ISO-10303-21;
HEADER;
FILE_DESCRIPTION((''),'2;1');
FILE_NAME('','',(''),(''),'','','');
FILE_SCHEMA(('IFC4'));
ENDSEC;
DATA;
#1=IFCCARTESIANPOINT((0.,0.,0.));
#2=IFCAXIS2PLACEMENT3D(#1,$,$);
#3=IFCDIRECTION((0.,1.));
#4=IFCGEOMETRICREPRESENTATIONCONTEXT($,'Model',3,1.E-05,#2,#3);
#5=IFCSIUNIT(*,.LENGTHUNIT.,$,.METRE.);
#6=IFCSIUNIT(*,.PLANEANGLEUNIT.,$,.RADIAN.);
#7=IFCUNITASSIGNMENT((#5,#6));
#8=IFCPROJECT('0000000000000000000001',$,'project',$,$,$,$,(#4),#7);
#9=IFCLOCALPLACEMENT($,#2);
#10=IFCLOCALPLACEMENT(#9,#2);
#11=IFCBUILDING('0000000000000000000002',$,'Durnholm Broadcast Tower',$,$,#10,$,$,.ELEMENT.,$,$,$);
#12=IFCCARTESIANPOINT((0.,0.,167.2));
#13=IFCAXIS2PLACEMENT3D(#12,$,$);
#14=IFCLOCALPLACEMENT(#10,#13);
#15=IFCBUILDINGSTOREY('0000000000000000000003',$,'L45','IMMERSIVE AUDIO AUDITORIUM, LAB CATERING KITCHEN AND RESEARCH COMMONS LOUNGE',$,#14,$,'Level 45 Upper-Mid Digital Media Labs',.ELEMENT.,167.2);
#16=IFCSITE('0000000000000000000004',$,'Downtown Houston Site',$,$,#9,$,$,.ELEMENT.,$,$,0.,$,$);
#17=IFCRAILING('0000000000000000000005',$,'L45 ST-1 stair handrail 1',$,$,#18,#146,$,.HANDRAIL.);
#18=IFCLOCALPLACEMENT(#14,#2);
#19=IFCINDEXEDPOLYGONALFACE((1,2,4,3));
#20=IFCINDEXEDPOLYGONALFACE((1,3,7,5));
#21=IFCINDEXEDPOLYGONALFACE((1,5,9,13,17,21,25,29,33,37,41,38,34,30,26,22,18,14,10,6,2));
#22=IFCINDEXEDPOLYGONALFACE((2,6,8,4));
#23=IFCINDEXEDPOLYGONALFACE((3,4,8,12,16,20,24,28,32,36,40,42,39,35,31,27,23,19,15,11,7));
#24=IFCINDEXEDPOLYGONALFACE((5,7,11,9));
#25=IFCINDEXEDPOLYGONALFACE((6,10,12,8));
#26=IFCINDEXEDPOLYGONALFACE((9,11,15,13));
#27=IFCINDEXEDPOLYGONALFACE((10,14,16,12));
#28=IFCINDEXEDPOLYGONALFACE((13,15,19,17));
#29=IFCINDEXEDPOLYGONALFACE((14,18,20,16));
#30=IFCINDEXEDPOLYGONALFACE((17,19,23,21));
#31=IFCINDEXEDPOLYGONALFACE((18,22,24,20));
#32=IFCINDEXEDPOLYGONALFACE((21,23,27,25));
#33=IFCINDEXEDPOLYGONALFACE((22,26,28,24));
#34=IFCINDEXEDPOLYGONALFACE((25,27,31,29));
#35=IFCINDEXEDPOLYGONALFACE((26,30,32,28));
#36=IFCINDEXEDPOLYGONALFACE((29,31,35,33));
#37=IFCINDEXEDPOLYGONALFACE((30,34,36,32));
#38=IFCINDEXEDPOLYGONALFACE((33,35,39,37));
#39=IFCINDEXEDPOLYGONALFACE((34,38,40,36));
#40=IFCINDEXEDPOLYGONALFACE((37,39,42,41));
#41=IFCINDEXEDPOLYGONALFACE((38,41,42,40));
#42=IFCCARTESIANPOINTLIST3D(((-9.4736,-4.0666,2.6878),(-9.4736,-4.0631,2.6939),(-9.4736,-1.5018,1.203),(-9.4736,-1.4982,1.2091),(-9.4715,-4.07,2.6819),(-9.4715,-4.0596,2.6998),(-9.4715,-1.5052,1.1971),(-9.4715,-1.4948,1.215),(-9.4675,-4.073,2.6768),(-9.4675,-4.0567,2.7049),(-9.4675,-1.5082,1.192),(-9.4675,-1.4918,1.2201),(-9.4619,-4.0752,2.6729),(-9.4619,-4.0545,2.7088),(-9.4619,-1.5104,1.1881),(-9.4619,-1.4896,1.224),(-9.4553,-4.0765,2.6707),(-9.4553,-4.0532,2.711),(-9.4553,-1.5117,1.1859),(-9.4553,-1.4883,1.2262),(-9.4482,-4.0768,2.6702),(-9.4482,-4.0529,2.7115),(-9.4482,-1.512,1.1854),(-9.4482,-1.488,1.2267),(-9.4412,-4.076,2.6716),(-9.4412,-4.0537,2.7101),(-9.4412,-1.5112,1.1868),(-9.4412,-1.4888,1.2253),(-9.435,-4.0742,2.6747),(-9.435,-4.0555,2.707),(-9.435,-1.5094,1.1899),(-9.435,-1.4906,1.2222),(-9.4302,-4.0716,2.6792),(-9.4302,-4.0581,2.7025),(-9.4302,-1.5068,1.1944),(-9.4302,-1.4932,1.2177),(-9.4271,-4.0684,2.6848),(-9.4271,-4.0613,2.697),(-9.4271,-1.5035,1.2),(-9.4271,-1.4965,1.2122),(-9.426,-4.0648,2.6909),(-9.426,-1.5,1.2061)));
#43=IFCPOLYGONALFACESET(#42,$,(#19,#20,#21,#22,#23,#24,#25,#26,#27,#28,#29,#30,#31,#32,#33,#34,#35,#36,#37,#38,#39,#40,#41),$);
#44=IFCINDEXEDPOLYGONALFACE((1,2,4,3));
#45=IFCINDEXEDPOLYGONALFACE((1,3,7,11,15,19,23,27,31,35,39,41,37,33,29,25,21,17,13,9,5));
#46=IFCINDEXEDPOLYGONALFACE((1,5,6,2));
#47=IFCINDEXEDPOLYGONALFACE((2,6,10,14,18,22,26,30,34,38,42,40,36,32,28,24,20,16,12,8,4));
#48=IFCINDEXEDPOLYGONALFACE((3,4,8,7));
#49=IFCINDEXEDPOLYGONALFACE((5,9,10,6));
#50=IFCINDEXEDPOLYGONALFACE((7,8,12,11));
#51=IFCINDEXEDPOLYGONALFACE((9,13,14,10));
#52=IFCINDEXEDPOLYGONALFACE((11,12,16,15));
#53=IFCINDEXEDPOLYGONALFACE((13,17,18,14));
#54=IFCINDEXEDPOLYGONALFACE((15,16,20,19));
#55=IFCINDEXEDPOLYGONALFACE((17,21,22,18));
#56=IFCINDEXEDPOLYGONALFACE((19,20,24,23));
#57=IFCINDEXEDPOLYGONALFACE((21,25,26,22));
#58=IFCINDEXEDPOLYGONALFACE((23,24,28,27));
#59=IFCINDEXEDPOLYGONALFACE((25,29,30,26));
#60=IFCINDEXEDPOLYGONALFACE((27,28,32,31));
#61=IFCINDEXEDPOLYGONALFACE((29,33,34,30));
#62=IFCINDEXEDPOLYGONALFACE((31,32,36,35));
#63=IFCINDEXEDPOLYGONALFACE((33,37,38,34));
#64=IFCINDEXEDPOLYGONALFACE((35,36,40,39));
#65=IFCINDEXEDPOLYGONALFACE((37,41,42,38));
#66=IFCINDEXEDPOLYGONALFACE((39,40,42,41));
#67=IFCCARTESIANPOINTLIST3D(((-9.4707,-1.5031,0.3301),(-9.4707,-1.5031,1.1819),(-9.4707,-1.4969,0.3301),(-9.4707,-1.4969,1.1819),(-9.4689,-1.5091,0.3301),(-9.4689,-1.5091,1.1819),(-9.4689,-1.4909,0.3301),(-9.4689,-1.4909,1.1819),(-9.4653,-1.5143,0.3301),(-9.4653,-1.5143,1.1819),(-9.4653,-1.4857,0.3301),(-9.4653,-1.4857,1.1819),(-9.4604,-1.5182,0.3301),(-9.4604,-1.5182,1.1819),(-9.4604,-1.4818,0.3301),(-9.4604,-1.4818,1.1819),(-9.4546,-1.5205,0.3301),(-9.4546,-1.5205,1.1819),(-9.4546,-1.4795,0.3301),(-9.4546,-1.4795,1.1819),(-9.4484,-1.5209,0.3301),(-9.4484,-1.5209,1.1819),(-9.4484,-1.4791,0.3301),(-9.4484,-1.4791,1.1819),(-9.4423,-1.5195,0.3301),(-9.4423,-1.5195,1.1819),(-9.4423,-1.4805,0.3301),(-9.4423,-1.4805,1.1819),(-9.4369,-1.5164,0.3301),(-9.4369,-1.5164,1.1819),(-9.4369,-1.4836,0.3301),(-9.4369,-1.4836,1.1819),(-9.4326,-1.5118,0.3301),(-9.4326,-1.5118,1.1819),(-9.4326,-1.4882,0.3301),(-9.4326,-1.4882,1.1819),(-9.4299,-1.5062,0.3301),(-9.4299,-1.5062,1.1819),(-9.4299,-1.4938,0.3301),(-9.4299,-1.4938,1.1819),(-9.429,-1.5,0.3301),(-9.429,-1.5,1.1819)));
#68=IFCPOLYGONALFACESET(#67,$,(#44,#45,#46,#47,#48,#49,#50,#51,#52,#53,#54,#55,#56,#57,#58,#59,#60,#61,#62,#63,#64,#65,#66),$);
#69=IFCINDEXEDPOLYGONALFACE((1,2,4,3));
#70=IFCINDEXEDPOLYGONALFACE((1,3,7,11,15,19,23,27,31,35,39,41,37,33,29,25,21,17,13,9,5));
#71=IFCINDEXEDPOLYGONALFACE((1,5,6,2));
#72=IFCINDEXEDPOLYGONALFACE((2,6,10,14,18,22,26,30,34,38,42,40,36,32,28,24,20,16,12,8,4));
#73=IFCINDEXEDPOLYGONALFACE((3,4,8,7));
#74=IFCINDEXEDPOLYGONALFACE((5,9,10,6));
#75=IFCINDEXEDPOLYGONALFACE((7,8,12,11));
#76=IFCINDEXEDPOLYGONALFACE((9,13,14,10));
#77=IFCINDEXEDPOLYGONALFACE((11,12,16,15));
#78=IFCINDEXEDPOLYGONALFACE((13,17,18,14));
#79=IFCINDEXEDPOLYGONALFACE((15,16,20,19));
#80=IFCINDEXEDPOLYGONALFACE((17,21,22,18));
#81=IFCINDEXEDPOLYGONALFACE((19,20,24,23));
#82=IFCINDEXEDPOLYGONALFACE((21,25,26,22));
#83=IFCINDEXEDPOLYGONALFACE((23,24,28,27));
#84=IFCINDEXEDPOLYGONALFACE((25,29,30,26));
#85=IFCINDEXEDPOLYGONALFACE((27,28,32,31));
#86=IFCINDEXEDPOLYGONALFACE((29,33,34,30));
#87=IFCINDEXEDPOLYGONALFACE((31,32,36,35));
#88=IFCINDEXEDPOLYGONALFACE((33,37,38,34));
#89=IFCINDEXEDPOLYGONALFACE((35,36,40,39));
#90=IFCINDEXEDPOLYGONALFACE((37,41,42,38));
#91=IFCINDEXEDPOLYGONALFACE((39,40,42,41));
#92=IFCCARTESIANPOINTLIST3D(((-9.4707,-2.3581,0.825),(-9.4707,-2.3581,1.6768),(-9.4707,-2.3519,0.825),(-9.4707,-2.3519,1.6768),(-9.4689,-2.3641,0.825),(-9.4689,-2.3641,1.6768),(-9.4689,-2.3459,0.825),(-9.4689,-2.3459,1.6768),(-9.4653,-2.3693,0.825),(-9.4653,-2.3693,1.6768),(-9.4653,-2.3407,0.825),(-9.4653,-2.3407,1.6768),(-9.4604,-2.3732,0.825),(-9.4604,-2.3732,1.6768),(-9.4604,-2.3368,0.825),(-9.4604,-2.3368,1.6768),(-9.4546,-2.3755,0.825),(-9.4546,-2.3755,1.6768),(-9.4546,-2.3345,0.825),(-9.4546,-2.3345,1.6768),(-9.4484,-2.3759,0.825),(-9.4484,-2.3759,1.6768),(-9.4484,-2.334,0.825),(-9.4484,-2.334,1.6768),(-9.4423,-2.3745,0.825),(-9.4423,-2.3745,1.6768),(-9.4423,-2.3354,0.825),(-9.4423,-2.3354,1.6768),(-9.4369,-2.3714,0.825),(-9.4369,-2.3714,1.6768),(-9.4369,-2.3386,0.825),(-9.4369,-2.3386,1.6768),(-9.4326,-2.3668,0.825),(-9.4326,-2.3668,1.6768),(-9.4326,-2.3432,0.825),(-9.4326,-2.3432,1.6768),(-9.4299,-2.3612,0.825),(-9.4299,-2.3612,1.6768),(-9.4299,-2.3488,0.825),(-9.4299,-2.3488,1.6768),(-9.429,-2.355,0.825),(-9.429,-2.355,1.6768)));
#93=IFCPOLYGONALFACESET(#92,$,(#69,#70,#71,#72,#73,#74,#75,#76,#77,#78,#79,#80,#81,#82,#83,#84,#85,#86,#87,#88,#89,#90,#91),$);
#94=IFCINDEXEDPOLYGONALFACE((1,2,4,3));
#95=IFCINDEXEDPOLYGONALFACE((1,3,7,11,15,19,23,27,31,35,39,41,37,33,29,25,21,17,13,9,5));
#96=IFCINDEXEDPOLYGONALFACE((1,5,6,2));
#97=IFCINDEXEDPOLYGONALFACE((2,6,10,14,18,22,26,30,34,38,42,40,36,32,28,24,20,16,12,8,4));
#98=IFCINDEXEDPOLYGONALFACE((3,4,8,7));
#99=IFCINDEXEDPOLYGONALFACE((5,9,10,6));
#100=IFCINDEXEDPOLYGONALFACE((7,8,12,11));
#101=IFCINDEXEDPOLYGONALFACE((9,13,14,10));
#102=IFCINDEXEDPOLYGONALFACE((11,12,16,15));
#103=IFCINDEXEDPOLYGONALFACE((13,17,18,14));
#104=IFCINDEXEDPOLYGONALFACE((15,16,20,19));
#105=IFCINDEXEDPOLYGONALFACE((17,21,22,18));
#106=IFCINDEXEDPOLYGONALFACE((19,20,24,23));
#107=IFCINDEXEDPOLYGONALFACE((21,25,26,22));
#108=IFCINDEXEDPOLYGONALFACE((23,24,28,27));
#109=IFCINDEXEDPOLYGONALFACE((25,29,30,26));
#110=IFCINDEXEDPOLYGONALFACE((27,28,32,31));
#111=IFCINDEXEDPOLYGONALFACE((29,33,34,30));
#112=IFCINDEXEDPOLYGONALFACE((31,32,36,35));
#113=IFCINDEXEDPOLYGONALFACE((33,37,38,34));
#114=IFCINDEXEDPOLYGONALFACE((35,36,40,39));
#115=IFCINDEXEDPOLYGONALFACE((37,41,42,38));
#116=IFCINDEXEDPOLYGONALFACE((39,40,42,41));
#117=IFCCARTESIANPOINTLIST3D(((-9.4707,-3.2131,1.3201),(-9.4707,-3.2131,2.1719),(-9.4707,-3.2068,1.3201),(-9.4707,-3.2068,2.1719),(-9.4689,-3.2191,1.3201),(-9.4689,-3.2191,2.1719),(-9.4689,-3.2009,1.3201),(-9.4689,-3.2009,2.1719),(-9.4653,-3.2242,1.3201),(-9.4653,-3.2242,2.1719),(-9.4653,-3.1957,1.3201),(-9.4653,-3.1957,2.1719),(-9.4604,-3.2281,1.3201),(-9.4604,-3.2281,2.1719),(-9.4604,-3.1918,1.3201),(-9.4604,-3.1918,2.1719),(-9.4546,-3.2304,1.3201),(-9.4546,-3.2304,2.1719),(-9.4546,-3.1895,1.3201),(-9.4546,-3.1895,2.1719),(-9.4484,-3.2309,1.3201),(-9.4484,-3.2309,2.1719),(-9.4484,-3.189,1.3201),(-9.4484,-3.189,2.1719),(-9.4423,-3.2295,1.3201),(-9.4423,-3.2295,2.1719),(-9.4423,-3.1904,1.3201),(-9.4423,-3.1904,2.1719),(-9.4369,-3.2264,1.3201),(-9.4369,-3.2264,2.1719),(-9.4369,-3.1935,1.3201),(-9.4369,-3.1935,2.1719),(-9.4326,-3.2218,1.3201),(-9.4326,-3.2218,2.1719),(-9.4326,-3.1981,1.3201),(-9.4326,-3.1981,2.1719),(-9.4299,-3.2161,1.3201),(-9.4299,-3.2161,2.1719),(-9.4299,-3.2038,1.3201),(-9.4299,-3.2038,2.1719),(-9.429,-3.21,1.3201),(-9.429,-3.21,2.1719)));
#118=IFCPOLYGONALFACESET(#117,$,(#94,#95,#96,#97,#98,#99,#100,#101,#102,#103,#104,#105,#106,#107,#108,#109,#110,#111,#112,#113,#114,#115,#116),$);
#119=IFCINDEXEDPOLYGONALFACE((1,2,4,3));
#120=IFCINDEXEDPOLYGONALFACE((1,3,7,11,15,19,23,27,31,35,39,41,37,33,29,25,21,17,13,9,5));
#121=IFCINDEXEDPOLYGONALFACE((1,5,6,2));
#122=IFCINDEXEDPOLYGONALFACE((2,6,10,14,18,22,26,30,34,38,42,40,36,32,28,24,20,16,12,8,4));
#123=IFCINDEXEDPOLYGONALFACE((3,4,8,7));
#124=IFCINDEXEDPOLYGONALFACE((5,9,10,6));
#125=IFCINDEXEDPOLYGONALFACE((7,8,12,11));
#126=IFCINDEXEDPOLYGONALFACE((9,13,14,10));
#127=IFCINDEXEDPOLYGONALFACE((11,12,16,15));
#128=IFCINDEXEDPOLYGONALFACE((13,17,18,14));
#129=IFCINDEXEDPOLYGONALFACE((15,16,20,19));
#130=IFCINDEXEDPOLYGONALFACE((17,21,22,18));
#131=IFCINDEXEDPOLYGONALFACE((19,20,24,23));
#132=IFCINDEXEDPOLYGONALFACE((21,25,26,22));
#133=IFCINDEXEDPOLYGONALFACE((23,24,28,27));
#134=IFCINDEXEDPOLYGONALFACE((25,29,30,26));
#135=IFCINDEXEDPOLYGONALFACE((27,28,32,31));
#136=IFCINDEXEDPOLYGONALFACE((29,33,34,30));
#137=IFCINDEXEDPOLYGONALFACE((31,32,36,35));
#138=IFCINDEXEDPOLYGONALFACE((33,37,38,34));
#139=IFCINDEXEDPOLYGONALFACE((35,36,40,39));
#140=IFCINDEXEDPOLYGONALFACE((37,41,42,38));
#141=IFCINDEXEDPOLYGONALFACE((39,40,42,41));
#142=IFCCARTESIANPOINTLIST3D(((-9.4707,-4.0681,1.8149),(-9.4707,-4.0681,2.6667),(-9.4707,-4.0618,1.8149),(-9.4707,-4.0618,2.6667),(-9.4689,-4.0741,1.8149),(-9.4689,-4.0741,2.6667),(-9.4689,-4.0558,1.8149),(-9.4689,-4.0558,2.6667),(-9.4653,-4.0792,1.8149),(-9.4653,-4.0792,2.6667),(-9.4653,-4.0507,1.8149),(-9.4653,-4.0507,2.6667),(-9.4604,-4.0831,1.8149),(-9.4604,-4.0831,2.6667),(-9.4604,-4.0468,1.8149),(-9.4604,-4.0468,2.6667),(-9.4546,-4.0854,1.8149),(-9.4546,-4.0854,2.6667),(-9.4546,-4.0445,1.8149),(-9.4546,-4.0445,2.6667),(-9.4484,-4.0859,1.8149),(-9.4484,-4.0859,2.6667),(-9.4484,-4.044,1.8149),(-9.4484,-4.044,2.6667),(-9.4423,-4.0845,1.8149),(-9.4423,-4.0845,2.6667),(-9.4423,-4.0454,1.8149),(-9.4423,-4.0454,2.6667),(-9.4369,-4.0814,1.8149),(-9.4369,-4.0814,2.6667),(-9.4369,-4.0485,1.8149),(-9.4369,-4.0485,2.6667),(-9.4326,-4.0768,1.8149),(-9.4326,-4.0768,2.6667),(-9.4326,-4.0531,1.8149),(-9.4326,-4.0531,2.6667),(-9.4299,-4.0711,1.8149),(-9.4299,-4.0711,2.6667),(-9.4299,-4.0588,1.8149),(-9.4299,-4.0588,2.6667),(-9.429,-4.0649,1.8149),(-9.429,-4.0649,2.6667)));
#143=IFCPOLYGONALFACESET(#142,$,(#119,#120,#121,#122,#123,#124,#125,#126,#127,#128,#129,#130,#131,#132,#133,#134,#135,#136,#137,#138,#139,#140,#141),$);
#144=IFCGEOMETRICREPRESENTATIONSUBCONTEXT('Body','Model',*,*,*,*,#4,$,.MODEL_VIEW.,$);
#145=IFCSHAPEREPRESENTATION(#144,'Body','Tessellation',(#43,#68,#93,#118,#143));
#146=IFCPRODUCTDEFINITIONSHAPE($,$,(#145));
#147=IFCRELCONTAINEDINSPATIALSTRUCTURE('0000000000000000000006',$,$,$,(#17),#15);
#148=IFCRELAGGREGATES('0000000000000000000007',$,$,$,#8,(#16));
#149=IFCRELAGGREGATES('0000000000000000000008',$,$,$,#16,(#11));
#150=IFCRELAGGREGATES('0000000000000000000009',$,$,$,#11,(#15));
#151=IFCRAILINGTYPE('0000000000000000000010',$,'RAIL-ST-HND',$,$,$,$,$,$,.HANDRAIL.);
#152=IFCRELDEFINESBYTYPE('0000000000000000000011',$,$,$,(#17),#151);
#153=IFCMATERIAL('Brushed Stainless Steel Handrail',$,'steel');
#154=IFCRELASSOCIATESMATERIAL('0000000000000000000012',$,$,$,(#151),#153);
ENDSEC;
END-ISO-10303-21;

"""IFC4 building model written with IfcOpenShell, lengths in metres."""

from ifc_helpers import new_model, si_unit, direction, frame, origin, origin_2d, place, context, subcontext, project, spatial, circle, extrude, material, type_object, element, save


model = new_model("IFC4")

# Units and contexts
model_context = context("Model", 3, precision=1e-05, world=origin(), true_north=direction((0.0, 1.0)))
body_context = subcontext(model_context, "Body", "Model", "MODEL_VIEW")
ifc_project = project(units=[si_unit("LENGTHUNIT", "METRE"), si_unit("PLANEANGLEUNIT", "RADIAN")], contexts=[model_context])

# Site, building, storey
site_placement = place(None, origin())
site = spatial("IfcSite", under=ifc_project, at=site_placement, Name="Downtown Houston Site", CompositionType="ELEMENT", RefElevation=0.0)
building_placement = place(site_placement, origin())
building = spatial("IfcBuilding", under=site, at=building_placement, Name="Durnholm Broadcast Tower", CompositionType="ELEMENT")
storey_placement = place(building_placement, frame((0.0, 0.0, 167.2)))
storey = spatial("IfcBuildingStorey", under=building, at=storey_placement, Name="L45", Description="IMMERSIVE AUDIO AUDITORIUM, LAB CATERING KITCHEN AND RESEARCH COMMONS LOUNGE", LongName="Level 45 Upper-Mid Digital Media Labs", CompositionType="ELEMENT", Elevation=167.2)

# Railing
ifc_material_1 = material(Name="Brushed Stainless Steel Handrail", Category="steel")
railing_type = type_object("IfcRailingType", Name="RAIL-ST-HND", PredefinedType="HANDRAIL", material=ifc_material_1)
railing_placement = place(storey_placement, frame((-9.45, -1.5, 0.3301)))
element("IfcRailing", 1, at=railing_placement, inside=storey, type_object=railing_type, Name="L45 ST-1 stair handrail 1", PredefinedType="HANDRAIL", context=body_context, shape_type="SweptSolid", body=[
    extrude(circle(Radius=0.0239, at=origin_2d()), frame((0.0, 0.0, 0.876), z_axis=(0.0, -0.865441, 0.50101), x_axis=(1.0, 0.0, 0.0)), (0.0, 0.0, 1.0), 2.9636),
    extrude(circle(Radius=0.021, at=origin_2d()), origin(), (0.0, 0.0, 1.0), 0.8518),
    extrude(circle(Radius=0.021, at=origin_2d()), frame((0.0, -0.855, 0.4949)), (0.0, 0.0, 1.0), 0.8518),
    extrude(circle(Radius=0.021, at=origin_2d()), frame((0.0, -1.71, 0.99)), (0.0, 0.0, 1.0), 0.8518),
    extrude(circle(Radius=0.021, at=origin_2d()), frame((0.0, -2.5649, 1.4849)), (0.0, 0.0, 1.0), 0.8518),
])

save(model, "model.ifc")
